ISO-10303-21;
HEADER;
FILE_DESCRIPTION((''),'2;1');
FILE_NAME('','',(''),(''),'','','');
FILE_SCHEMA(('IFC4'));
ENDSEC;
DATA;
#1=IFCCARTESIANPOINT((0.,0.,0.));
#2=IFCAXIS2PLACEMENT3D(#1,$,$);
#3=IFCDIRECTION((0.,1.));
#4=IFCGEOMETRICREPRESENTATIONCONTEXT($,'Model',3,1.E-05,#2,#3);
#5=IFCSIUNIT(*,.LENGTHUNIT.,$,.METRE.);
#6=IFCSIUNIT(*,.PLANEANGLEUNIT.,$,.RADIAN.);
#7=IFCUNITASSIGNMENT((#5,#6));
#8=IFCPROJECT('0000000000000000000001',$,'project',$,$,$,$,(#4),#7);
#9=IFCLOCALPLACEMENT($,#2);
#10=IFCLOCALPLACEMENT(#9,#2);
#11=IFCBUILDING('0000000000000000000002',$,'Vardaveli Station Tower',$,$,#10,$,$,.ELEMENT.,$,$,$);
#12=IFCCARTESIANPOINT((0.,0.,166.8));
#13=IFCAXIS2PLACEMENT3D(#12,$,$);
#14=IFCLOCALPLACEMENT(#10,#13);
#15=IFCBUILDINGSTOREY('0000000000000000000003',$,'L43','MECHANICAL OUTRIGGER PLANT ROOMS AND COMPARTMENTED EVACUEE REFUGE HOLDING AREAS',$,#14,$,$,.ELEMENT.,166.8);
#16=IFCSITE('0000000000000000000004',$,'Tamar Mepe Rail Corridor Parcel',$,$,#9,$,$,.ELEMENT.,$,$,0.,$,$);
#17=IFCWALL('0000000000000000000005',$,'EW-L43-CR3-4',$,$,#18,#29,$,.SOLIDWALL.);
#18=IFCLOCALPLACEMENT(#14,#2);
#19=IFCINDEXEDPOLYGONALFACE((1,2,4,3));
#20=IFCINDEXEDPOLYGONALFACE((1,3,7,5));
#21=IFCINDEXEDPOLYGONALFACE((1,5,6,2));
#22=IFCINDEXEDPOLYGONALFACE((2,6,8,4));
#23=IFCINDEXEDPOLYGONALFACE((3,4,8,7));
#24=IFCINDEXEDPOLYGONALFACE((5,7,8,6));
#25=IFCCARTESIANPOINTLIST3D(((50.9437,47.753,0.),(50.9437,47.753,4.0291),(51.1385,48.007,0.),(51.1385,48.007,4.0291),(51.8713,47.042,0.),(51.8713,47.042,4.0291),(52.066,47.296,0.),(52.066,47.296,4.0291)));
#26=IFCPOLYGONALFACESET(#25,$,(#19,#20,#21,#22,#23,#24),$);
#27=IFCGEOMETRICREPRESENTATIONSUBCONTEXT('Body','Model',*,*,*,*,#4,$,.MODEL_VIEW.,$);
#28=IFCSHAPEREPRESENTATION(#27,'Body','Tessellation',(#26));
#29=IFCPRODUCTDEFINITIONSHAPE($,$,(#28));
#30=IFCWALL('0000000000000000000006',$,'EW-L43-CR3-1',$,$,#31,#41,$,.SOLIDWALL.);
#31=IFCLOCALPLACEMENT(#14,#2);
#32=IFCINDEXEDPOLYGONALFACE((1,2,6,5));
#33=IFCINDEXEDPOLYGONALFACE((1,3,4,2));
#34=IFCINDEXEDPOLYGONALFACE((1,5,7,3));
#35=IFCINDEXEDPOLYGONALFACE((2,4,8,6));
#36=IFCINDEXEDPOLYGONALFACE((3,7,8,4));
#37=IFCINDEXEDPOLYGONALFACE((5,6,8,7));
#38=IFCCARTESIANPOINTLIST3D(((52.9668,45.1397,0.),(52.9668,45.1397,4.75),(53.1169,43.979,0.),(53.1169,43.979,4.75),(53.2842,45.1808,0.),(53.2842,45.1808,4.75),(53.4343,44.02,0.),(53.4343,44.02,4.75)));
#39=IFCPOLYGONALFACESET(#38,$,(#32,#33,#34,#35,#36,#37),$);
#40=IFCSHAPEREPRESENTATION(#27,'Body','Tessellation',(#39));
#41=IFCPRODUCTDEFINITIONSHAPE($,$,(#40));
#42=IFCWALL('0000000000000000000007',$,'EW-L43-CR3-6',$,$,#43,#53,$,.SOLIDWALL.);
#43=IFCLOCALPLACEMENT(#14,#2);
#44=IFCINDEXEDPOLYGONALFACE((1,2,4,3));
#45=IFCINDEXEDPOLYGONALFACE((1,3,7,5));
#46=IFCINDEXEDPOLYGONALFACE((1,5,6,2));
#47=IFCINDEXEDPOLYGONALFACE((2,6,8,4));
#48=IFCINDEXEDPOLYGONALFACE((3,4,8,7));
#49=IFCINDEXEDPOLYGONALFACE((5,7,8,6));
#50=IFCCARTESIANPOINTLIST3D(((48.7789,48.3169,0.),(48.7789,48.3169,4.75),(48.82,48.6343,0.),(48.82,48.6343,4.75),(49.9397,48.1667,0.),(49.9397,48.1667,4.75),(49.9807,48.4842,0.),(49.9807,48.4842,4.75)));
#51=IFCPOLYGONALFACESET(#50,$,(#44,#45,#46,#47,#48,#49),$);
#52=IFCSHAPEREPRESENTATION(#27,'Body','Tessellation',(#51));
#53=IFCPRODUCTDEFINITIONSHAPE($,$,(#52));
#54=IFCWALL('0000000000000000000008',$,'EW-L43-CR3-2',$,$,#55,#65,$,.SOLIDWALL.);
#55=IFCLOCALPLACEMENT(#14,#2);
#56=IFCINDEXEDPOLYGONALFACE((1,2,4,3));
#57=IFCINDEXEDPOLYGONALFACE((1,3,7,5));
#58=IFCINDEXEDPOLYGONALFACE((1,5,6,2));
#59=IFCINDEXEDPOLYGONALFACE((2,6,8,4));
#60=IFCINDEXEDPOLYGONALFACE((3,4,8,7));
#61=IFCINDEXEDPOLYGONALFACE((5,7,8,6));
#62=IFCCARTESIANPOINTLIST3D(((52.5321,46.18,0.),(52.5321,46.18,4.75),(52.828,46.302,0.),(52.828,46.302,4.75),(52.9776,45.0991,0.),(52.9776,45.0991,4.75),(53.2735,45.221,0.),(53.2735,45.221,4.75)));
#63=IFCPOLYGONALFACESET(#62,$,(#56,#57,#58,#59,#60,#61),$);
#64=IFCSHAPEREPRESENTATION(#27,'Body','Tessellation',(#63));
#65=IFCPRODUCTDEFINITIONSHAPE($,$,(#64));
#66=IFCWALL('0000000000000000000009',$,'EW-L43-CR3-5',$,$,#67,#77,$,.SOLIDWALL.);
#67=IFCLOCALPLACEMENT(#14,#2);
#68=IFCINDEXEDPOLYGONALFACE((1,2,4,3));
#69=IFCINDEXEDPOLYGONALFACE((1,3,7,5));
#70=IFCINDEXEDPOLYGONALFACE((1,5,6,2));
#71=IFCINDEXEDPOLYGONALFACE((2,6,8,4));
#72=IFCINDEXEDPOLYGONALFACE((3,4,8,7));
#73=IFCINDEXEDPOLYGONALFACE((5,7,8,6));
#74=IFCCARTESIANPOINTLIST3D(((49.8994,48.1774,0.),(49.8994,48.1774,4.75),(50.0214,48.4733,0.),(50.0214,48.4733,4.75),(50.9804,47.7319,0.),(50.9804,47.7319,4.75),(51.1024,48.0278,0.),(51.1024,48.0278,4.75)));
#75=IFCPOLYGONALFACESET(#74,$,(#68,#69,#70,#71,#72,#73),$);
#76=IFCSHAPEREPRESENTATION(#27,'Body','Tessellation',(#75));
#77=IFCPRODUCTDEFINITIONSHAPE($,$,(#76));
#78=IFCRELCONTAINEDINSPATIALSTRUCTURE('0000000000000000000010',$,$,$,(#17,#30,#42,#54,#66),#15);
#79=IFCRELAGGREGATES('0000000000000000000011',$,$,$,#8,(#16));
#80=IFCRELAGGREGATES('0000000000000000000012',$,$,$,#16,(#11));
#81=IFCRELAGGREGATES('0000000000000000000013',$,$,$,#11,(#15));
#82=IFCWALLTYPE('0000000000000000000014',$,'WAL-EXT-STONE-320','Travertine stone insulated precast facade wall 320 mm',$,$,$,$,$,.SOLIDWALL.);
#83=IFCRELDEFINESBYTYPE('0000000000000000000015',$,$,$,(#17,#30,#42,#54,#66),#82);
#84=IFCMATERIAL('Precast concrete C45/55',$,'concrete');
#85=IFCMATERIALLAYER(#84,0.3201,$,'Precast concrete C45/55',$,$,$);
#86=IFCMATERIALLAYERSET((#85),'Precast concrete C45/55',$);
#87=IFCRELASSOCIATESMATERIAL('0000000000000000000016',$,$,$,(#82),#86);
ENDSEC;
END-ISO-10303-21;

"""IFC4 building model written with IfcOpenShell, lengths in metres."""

from ifc_helpers import new_model, si_unit, direction, frame, frame_2d, origin, place, context, subcontext, project, spatial, rectangle, extrude, source, transform, mapped, material, layer, layer_set, type_object, element, save


model = new_model("IFC4")

# Units and contexts
model_context = context("Model", 3, precision=1e-05, world=origin(), true_north=direction((0.0, 1.0)))
body_context = subcontext(model_context, "Body", "Model", "MODEL_VIEW")
ifc_project = project(units=[si_unit("LENGTHUNIT", "METRE"), si_unit("PLANEANGLEUNIT", "RADIAN")], contexts=[model_context])

# Site, building, storey
site_placement = place(None, origin())
site = spatial("IfcSite", under=ifc_project, at=site_placement, Name="Tamar Mepe Rail Corridor Parcel", CompositionType="ELEMENT", RefElevation=0.0)
building_placement = place(site_placement, origin())
building = spatial("IfcBuilding", under=site, at=building_placement, Name="Vardaveli Station Tower", CompositionType="ELEMENT")
storey_placement = place(building_placement, frame((0.0, 0.0, 166.8)))
storey = spatial("IfcBuildingStorey", under=building, at=storey_placement, Name="L43", Description="MECHANICAL OUTRIGGER PLANT ROOMS AND COMPARTMENTED EVACUEE REFUGE HOLDING AREAS", CompositionType="ELEMENT", Elevation=166.8)

# Walls
ifc_material_1 = material(Name="Precast concrete C45/55", Category="concrete")
ifc_layer_1 = layer(ifc_material_1, 0.3201, Name="Precast concrete C45/55")
ifc_layer_set_1 = layer_set([ifc_layer_1], Name="Precast concrete C45/55")
wall_type = type_object("IfcWallType", Name="WAL-EXT-STONE-320", Description="Travertine stone insulated precast facade wall 320 mm", PredefinedType="SOLIDWALL", material=ifc_layer_set_1)
shared_shape_1 = source(origin(), body_context, "Body", "SweptSolid", [
    extrude(rectangle(XDim=1.1687, YDim=0.3201, at=frame_2d((0.5845, 0.0))), origin(), (0.0, 0.0, 1.0), 4.0291),
])
wall_1_placement = place(storey_placement, frame((51.9688, 47.1689, 0.0), z_axis=(0.0, 0.0, 1.0), x_axis=(-0.793664, 0.608357, 0.0)))
element("IfcWall", 1, at=wall_1_placement, inside=storey, type_object=wall_type, Name="EW-L43-CR3-4", PredefinedType="SOLIDWALL", context=body_context, shape_type="MappedRepresentation", body=[
    mapped(shared_shape_1, transform((0.0, 0.0, 0.0), scale=1.0)),
])
shared_shape_2 = source(origin(), body_context, "Body", "SweptSolid", [
    extrude(rectangle(XDim=1.1704, YDim=0.3201, at=frame_2d((0.5852, 0.0))), origin(), (0.0, 0.0, 1.0), 4.75),
])
for number, where, z_axis, x_axis, name in (
    (2, (53.2756, 43.9995, 0.0), (0.0, 0.0, 1.0), (-0.128296, 0.991736, 0.0), "EW-L43-CR3-1"),
    (3, (49.9602, 48.3254, 0.0), (0.0, 0.0, 1.0), (-0.991736, 0.128296, 0.0), "EW-L43-CR3-6"),
):
    element("IfcWall", number, at=place(storey_placement, frame(where, z_axis=z_axis, x_axis=x_axis)), inside=storey, type_object=wall_type, Name=name, PredefinedType="SOLIDWALL", context=body_context, shape_type="MappedRepresentation", body=[
        mapped(shared_shape_2, transform((0.0, 0.0, 0.0), scale=1.0)),
    ])
shared_shape_3 = source(origin(), body_context, "Body", "SweptSolid", [
    extrude(rectangle(XDim=1.1692, YDim=0.3201, at=frame_2d((0.5845, 0.0))), origin(), (0.0, 0.0, 1.0), 4.75),
])
for number, where, z_axis, x_axis, name in (
    (4, (53.1255, 45.1602, 0.0), (0.0, 0.0, 1.0), (-0.381054, 0.924553, 0.0), "EW-L43-CR3-2"),
    (5, (51.0413, 47.8799, 0.0), (0.0, 0.0, 1.0), (-0.924553, 0.381054, 0.0), "EW-L43-CR3-5"),
):
    element("IfcWall", number, at=place(storey_placement, frame(where, z_axis=z_axis, x_axis=x_axis)), inside=storey, type_object=wall_type, Name=name, PredefinedType="SOLIDWALL", context=body_context, shape_type="MappedRepresentation", body=[
        mapped(shared_shape_3, transform((0.0, 0.0, 0.0), scale=1.0)),
    ])

save(model, "model.ifc")
